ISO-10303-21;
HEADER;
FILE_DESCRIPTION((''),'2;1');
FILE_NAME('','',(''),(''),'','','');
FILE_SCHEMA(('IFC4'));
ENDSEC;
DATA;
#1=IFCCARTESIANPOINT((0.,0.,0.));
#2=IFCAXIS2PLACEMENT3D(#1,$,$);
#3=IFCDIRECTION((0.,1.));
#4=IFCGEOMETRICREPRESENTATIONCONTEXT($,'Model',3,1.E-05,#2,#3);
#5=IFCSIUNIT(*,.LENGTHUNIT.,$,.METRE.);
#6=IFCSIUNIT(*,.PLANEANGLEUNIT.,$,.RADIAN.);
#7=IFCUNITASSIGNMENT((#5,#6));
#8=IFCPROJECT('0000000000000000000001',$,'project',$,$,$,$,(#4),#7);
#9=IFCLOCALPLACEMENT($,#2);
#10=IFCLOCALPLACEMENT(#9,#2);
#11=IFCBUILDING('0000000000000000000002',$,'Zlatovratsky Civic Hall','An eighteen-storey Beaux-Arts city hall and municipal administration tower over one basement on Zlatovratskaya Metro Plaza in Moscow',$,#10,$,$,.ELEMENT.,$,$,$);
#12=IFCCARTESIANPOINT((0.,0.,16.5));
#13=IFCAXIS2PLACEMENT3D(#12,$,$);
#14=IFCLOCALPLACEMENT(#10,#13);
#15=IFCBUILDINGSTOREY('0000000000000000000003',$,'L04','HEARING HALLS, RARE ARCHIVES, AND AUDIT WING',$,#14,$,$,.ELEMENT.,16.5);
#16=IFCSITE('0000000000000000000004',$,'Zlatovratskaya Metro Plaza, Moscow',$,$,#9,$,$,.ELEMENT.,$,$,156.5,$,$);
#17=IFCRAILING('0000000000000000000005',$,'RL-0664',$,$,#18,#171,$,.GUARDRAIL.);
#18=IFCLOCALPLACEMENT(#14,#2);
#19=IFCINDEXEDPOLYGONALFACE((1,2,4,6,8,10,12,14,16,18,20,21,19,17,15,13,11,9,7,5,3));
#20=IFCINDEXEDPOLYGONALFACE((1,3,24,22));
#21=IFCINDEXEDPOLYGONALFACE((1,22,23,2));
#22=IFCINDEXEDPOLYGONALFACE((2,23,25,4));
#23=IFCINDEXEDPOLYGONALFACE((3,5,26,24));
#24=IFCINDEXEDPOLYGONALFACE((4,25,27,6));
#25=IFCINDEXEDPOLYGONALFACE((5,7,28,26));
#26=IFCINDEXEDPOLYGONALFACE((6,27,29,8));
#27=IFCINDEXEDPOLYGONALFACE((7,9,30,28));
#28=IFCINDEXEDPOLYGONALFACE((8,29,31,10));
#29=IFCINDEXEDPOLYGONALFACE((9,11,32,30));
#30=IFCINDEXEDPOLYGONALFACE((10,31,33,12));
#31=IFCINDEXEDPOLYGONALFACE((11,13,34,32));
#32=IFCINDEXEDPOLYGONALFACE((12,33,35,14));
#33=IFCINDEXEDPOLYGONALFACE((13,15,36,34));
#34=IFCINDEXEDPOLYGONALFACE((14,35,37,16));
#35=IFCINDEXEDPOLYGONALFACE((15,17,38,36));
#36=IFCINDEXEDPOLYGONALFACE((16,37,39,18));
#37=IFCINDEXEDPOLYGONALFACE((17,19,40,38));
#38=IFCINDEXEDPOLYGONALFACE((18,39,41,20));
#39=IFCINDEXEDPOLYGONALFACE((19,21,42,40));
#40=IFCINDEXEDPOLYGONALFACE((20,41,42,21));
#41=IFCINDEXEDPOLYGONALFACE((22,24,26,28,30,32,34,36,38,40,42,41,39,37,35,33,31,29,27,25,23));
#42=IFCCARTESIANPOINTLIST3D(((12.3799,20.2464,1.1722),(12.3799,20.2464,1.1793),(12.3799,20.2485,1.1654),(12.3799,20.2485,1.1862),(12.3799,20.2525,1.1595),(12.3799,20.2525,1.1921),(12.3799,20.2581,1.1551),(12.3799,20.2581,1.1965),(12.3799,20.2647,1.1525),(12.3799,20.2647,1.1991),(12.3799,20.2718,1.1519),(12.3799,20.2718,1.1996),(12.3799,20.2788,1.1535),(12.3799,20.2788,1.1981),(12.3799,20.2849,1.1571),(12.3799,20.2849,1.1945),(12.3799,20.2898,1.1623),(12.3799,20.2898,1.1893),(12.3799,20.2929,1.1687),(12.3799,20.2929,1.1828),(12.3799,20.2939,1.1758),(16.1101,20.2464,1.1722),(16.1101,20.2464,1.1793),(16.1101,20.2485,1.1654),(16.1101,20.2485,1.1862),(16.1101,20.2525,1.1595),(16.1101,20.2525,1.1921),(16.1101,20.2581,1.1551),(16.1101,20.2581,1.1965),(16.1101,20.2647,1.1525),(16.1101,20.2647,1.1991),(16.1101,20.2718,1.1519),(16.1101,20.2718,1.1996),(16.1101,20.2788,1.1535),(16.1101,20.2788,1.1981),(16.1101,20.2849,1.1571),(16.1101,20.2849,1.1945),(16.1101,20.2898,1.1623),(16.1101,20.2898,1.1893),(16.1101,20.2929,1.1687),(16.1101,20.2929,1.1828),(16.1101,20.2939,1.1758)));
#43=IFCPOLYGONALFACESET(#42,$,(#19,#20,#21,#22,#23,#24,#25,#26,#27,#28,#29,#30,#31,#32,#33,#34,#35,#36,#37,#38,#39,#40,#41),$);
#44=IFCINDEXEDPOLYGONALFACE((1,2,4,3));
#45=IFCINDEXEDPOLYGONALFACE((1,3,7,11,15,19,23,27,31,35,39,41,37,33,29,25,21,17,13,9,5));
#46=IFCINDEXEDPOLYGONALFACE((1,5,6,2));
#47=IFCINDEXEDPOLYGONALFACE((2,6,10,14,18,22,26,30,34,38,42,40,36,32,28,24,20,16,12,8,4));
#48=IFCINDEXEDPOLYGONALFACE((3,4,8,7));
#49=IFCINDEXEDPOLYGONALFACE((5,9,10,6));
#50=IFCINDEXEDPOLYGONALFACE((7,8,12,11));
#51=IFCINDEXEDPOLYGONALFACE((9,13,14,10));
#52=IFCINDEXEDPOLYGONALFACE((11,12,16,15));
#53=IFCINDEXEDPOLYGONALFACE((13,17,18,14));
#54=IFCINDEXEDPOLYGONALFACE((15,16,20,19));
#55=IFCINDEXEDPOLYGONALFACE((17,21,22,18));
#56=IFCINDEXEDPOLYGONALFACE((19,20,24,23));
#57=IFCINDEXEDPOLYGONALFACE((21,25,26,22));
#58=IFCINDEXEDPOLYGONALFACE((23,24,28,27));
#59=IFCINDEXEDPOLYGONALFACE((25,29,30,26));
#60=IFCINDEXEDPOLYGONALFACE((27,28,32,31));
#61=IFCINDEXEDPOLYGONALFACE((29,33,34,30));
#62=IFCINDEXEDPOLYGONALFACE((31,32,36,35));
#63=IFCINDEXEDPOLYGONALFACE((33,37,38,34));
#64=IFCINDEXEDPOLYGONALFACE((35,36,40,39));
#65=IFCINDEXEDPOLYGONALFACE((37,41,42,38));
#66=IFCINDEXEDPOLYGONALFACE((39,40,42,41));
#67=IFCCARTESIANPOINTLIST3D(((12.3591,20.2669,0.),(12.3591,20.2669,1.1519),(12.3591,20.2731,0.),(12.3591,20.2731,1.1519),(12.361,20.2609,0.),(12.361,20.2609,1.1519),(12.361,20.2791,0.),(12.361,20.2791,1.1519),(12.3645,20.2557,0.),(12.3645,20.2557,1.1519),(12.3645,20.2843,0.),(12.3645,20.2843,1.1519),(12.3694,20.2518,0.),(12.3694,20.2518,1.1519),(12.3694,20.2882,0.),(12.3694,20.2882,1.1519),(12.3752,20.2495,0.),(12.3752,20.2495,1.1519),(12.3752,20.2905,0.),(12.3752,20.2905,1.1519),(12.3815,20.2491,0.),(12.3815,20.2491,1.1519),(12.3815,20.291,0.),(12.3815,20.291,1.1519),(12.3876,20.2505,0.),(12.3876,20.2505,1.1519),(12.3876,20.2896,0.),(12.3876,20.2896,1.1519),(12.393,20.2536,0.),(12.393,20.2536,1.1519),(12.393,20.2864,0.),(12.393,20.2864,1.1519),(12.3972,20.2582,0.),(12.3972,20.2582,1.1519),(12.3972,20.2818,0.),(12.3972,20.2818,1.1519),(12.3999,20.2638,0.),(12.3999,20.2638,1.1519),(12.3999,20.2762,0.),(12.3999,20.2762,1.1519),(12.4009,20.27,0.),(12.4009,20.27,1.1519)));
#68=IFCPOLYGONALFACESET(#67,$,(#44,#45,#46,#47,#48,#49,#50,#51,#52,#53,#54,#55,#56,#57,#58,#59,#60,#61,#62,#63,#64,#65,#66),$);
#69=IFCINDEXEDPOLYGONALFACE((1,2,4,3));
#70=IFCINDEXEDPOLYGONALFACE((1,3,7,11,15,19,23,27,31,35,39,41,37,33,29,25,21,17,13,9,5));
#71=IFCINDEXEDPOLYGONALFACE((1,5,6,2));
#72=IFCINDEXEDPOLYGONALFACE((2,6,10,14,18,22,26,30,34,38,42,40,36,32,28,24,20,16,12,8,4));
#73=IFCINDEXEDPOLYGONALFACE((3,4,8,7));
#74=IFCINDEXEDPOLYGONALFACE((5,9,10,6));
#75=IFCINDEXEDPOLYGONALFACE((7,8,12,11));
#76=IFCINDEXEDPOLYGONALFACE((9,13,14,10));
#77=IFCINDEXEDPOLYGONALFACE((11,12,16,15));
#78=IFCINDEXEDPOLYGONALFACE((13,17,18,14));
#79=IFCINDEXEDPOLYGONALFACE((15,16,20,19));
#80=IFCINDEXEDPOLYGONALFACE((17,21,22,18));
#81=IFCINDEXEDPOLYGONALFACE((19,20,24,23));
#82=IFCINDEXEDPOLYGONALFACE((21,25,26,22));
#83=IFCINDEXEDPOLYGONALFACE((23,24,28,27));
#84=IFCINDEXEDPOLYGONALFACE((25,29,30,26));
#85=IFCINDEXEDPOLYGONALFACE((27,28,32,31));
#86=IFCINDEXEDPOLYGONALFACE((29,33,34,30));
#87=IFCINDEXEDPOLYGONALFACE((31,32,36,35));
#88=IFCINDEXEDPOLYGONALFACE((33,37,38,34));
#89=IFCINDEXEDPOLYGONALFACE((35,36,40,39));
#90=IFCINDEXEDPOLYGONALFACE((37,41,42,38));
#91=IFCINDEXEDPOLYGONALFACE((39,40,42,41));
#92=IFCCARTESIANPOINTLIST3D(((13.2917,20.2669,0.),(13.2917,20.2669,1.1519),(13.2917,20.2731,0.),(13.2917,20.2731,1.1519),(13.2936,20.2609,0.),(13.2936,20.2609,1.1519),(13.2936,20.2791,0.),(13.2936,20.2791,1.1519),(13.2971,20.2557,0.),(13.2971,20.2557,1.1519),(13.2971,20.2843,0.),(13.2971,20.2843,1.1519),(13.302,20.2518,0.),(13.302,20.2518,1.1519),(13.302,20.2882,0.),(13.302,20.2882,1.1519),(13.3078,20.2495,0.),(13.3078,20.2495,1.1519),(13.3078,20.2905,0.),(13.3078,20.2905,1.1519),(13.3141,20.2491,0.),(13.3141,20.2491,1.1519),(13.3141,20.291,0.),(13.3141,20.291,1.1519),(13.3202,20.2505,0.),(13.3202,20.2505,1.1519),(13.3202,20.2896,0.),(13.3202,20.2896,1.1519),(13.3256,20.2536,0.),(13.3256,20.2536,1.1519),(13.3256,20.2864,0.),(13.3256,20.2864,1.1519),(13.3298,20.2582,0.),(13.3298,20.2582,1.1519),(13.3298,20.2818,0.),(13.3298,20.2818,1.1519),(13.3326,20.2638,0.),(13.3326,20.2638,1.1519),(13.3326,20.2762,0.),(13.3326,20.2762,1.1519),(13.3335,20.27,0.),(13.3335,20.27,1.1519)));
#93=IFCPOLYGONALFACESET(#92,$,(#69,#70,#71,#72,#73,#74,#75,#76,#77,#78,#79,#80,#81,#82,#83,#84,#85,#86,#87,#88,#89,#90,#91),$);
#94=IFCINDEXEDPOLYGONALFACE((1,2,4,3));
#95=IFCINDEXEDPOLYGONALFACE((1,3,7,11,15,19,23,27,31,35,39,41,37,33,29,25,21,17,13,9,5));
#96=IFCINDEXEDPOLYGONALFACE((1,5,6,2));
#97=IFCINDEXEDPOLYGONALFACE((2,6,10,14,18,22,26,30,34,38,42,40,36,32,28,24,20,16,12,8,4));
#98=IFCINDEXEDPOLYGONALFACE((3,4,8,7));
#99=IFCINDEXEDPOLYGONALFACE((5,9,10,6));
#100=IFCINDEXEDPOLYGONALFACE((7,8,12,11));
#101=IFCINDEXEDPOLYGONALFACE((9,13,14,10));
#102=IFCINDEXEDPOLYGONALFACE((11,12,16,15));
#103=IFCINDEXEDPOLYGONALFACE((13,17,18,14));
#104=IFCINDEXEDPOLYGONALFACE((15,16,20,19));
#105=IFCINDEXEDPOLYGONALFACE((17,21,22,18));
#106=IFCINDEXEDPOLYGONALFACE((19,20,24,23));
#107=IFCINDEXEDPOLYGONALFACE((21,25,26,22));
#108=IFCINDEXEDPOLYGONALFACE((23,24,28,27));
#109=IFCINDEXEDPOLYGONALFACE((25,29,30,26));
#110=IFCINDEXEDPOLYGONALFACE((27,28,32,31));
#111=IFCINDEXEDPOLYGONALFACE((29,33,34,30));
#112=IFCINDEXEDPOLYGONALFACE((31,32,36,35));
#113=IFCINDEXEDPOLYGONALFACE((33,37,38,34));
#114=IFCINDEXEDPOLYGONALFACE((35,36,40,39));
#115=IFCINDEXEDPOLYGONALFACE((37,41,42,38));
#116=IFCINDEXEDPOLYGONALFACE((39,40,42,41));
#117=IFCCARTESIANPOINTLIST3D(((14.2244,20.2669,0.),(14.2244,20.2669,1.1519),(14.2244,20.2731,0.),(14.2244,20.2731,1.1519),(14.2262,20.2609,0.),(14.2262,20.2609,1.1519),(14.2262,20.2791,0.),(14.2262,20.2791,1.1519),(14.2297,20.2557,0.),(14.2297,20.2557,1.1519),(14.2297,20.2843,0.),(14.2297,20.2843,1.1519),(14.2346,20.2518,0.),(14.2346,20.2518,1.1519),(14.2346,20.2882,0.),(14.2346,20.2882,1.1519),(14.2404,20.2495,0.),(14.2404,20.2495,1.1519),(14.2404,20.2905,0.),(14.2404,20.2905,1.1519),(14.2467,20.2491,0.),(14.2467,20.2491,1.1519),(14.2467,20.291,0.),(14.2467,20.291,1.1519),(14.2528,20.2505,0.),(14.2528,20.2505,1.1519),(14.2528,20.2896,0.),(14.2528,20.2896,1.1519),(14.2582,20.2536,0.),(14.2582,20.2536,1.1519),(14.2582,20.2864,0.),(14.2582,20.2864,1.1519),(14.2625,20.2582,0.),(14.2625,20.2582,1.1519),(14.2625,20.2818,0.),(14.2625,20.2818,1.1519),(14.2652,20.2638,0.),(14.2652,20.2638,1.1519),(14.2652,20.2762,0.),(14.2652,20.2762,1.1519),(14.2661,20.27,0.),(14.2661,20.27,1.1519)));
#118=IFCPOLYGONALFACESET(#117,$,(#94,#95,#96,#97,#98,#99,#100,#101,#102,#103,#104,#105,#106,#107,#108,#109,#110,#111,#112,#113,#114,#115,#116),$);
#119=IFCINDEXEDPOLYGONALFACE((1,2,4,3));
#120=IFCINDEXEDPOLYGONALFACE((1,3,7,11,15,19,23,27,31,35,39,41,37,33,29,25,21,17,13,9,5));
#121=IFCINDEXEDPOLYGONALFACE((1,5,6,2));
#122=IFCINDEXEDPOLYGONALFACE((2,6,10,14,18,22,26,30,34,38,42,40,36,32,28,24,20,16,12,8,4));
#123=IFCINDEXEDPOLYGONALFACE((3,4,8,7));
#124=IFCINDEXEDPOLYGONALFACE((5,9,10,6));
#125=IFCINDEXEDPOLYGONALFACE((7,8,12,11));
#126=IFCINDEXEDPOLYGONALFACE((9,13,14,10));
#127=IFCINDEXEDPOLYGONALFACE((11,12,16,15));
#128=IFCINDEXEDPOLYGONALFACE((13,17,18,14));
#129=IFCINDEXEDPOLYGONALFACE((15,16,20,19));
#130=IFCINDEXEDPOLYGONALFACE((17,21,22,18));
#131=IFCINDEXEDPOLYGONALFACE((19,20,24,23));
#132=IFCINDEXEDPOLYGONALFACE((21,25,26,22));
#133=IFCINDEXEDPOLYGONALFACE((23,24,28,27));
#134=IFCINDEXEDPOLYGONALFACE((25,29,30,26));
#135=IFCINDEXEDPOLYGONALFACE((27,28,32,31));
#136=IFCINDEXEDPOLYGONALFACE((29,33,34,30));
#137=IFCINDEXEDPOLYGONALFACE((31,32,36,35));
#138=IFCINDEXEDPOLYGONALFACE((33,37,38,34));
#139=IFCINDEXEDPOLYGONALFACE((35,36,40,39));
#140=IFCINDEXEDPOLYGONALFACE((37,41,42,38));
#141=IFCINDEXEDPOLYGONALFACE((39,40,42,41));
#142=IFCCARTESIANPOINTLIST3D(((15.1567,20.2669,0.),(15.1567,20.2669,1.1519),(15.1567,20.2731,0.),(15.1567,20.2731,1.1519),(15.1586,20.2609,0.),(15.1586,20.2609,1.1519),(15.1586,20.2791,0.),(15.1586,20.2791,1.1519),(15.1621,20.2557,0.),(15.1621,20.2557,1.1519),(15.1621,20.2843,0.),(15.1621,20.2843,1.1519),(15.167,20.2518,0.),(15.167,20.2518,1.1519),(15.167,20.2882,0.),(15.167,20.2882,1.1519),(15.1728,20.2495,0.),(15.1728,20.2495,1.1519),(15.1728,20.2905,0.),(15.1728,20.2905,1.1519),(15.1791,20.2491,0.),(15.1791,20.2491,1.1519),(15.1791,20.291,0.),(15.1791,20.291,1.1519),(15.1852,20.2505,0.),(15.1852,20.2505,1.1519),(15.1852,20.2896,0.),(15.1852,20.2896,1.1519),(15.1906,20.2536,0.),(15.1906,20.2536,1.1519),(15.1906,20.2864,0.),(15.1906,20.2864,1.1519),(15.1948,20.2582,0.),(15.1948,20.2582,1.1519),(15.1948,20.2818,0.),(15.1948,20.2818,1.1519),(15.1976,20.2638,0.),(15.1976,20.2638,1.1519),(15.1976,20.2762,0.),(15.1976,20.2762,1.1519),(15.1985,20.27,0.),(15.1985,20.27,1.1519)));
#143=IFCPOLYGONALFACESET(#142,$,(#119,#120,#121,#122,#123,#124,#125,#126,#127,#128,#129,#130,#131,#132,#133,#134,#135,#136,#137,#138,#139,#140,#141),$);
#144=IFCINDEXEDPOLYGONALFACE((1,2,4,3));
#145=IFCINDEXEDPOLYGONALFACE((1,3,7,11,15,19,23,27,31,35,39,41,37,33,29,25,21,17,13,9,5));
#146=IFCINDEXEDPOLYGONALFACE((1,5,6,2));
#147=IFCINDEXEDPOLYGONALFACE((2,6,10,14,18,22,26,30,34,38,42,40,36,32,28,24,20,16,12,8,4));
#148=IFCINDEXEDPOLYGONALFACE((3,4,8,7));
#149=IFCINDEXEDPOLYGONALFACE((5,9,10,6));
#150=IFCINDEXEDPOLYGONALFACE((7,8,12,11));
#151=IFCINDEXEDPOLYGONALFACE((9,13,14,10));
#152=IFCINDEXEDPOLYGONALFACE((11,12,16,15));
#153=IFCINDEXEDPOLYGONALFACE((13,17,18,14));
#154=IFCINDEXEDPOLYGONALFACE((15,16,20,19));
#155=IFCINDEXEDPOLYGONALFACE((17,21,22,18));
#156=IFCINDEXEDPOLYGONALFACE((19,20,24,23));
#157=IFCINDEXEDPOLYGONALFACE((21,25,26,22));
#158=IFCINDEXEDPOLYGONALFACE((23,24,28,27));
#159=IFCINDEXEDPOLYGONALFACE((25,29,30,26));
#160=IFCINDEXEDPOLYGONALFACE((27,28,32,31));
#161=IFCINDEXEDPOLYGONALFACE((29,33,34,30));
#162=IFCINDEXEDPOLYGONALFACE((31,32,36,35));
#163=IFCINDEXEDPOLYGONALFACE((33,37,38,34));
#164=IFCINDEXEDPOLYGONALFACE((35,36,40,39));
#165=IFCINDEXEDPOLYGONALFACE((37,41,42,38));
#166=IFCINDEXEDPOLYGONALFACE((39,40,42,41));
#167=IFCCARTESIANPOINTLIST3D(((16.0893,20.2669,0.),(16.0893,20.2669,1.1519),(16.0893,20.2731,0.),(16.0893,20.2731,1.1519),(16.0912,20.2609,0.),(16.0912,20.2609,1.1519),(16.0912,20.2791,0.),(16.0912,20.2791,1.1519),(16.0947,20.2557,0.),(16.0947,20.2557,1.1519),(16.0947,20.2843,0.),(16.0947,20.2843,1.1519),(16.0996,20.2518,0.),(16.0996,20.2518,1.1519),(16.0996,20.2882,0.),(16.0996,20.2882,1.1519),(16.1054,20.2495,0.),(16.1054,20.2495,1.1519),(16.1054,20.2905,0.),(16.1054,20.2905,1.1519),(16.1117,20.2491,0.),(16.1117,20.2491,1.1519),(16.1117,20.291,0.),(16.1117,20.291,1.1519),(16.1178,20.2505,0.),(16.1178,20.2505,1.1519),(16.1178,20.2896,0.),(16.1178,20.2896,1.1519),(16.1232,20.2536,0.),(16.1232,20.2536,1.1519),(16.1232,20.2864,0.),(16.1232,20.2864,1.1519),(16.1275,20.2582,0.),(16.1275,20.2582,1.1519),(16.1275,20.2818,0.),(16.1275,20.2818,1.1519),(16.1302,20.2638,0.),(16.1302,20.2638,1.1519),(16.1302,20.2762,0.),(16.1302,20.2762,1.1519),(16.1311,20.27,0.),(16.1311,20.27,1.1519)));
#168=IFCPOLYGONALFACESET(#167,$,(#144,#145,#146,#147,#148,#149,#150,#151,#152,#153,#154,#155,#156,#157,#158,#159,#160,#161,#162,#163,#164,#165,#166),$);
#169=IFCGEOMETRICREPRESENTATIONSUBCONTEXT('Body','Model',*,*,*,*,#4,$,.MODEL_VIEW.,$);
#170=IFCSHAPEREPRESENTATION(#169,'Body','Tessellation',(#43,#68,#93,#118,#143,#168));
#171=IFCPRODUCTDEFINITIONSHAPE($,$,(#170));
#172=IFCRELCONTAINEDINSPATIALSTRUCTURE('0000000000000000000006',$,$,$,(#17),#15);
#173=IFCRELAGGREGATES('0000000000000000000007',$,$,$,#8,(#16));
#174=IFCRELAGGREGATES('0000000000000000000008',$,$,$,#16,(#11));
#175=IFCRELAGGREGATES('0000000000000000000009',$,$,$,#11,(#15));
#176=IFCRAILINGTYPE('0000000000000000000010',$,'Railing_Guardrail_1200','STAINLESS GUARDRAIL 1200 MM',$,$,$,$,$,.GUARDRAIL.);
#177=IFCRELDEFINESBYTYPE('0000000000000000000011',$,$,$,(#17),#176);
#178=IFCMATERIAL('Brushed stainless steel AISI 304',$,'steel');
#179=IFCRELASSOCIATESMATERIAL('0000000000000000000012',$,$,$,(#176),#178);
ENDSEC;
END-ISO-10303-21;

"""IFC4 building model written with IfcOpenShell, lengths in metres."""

from ifc_helpers import new_model, si_unit, direction, frame, origin, origin_2d, place, context, subcontext, project, spatial, circle, extrude, material, type_object, element, save


model = new_model("IFC4")

# Units and contexts
model_context = context("Model", 3, precision=1e-05, world=origin(), true_north=direction((0.0, 1.0)))
body_context = subcontext(model_context, "Body", "Model", "MODEL_VIEW")
ifc_project = project(units=[si_unit("LENGTHUNIT", "METRE"), si_unit("PLANEANGLEUNIT", "RADIAN")], contexts=[model_context])

# Site, building, storey
site_placement = place(None, origin())
site = spatial("IfcSite", under=ifc_project, at=site_placement, Name="Zlatovratskaya Metro Plaza, Moscow", CompositionType="ELEMENT", RefElevation=156.5)
building_placement = place(site_placement, origin())
building = spatial("IfcBuilding", under=site, at=building_placement, Name="Zlatovratsky Civic Hall", Description="An eighteen-storey Beaux-Arts city hall and municipal administration tower over one basement on Zlatovratskaya Metro Plaza in Moscow", CompositionType="ELEMENT")
storey_placement = place(building_placement, frame((0.0, 0.0, 16.5)))
storey = spatial("IfcBuildingStorey", under=building, at=storey_placement, Name="L04", Description="HEARING HALLS, RARE ARCHIVES, AND AUDIT WING", CompositionType="ELEMENT", Elevation=16.5)

# Railing
ifc_material_1 = material(Name="Brushed stainless steel AISI 304", Category="steel")
railing_type = type_object("IfcRailingType", Name="Railing_Guardrail_1200", Description="STAINLESS GUARDRAIL 1200 MM", PredefinedType="GUARDRAIL", material=ifc_material_1)
railing_placement = place(storey_placement, frame((12.3799, 20.27, 0.0)))
element("IfcRailing", 1, at=railing_placement, inside=storey, type_object=railing_type, Name="RL-0664", PredefinedType="GUARDRAIL", context=body_context, shape_type="SweptSolid", body=[
    extrude(circle(Radius=0.0239, at=origin_2d()), frame((0.0, 0.0, 1.1758), z_axis=(1.0, 0.0, 0.0), x_axis=(0.0, 1.0, 0.0)), (0.0, 0.0, 1.0), 3.7302),
    extrude(circle(Radius=0.021, at=origin_2d()), origin(), (0.0, 0.0, 1.0), 1.1519),
    extrude(circle(Radius=0.021, at=origin_2d()), frame((0.9326, 0.0, 0.0)), (0.0, 0.0, 1.0), 1.1519),
    extrude(circle(Radius=0.021, at=origin_2d()), frame((1.8652, 0.0, 0.0)), (0.0, 0.0, 1.0), 1.1519),
    extrude(circle(Radius=0.021, at=origin_2d()), frame((2.7976, 0.0, 0.0)), (0.0, 0.0, 1.0), 1.1519),
    extrude(circle(Radius=0.021, at=origin_2d()), frame((3.7302, 0.0, 0.0)), (0.0, 0.0, 1.0), 1.1519),
])

save(model, "model.ifc")
